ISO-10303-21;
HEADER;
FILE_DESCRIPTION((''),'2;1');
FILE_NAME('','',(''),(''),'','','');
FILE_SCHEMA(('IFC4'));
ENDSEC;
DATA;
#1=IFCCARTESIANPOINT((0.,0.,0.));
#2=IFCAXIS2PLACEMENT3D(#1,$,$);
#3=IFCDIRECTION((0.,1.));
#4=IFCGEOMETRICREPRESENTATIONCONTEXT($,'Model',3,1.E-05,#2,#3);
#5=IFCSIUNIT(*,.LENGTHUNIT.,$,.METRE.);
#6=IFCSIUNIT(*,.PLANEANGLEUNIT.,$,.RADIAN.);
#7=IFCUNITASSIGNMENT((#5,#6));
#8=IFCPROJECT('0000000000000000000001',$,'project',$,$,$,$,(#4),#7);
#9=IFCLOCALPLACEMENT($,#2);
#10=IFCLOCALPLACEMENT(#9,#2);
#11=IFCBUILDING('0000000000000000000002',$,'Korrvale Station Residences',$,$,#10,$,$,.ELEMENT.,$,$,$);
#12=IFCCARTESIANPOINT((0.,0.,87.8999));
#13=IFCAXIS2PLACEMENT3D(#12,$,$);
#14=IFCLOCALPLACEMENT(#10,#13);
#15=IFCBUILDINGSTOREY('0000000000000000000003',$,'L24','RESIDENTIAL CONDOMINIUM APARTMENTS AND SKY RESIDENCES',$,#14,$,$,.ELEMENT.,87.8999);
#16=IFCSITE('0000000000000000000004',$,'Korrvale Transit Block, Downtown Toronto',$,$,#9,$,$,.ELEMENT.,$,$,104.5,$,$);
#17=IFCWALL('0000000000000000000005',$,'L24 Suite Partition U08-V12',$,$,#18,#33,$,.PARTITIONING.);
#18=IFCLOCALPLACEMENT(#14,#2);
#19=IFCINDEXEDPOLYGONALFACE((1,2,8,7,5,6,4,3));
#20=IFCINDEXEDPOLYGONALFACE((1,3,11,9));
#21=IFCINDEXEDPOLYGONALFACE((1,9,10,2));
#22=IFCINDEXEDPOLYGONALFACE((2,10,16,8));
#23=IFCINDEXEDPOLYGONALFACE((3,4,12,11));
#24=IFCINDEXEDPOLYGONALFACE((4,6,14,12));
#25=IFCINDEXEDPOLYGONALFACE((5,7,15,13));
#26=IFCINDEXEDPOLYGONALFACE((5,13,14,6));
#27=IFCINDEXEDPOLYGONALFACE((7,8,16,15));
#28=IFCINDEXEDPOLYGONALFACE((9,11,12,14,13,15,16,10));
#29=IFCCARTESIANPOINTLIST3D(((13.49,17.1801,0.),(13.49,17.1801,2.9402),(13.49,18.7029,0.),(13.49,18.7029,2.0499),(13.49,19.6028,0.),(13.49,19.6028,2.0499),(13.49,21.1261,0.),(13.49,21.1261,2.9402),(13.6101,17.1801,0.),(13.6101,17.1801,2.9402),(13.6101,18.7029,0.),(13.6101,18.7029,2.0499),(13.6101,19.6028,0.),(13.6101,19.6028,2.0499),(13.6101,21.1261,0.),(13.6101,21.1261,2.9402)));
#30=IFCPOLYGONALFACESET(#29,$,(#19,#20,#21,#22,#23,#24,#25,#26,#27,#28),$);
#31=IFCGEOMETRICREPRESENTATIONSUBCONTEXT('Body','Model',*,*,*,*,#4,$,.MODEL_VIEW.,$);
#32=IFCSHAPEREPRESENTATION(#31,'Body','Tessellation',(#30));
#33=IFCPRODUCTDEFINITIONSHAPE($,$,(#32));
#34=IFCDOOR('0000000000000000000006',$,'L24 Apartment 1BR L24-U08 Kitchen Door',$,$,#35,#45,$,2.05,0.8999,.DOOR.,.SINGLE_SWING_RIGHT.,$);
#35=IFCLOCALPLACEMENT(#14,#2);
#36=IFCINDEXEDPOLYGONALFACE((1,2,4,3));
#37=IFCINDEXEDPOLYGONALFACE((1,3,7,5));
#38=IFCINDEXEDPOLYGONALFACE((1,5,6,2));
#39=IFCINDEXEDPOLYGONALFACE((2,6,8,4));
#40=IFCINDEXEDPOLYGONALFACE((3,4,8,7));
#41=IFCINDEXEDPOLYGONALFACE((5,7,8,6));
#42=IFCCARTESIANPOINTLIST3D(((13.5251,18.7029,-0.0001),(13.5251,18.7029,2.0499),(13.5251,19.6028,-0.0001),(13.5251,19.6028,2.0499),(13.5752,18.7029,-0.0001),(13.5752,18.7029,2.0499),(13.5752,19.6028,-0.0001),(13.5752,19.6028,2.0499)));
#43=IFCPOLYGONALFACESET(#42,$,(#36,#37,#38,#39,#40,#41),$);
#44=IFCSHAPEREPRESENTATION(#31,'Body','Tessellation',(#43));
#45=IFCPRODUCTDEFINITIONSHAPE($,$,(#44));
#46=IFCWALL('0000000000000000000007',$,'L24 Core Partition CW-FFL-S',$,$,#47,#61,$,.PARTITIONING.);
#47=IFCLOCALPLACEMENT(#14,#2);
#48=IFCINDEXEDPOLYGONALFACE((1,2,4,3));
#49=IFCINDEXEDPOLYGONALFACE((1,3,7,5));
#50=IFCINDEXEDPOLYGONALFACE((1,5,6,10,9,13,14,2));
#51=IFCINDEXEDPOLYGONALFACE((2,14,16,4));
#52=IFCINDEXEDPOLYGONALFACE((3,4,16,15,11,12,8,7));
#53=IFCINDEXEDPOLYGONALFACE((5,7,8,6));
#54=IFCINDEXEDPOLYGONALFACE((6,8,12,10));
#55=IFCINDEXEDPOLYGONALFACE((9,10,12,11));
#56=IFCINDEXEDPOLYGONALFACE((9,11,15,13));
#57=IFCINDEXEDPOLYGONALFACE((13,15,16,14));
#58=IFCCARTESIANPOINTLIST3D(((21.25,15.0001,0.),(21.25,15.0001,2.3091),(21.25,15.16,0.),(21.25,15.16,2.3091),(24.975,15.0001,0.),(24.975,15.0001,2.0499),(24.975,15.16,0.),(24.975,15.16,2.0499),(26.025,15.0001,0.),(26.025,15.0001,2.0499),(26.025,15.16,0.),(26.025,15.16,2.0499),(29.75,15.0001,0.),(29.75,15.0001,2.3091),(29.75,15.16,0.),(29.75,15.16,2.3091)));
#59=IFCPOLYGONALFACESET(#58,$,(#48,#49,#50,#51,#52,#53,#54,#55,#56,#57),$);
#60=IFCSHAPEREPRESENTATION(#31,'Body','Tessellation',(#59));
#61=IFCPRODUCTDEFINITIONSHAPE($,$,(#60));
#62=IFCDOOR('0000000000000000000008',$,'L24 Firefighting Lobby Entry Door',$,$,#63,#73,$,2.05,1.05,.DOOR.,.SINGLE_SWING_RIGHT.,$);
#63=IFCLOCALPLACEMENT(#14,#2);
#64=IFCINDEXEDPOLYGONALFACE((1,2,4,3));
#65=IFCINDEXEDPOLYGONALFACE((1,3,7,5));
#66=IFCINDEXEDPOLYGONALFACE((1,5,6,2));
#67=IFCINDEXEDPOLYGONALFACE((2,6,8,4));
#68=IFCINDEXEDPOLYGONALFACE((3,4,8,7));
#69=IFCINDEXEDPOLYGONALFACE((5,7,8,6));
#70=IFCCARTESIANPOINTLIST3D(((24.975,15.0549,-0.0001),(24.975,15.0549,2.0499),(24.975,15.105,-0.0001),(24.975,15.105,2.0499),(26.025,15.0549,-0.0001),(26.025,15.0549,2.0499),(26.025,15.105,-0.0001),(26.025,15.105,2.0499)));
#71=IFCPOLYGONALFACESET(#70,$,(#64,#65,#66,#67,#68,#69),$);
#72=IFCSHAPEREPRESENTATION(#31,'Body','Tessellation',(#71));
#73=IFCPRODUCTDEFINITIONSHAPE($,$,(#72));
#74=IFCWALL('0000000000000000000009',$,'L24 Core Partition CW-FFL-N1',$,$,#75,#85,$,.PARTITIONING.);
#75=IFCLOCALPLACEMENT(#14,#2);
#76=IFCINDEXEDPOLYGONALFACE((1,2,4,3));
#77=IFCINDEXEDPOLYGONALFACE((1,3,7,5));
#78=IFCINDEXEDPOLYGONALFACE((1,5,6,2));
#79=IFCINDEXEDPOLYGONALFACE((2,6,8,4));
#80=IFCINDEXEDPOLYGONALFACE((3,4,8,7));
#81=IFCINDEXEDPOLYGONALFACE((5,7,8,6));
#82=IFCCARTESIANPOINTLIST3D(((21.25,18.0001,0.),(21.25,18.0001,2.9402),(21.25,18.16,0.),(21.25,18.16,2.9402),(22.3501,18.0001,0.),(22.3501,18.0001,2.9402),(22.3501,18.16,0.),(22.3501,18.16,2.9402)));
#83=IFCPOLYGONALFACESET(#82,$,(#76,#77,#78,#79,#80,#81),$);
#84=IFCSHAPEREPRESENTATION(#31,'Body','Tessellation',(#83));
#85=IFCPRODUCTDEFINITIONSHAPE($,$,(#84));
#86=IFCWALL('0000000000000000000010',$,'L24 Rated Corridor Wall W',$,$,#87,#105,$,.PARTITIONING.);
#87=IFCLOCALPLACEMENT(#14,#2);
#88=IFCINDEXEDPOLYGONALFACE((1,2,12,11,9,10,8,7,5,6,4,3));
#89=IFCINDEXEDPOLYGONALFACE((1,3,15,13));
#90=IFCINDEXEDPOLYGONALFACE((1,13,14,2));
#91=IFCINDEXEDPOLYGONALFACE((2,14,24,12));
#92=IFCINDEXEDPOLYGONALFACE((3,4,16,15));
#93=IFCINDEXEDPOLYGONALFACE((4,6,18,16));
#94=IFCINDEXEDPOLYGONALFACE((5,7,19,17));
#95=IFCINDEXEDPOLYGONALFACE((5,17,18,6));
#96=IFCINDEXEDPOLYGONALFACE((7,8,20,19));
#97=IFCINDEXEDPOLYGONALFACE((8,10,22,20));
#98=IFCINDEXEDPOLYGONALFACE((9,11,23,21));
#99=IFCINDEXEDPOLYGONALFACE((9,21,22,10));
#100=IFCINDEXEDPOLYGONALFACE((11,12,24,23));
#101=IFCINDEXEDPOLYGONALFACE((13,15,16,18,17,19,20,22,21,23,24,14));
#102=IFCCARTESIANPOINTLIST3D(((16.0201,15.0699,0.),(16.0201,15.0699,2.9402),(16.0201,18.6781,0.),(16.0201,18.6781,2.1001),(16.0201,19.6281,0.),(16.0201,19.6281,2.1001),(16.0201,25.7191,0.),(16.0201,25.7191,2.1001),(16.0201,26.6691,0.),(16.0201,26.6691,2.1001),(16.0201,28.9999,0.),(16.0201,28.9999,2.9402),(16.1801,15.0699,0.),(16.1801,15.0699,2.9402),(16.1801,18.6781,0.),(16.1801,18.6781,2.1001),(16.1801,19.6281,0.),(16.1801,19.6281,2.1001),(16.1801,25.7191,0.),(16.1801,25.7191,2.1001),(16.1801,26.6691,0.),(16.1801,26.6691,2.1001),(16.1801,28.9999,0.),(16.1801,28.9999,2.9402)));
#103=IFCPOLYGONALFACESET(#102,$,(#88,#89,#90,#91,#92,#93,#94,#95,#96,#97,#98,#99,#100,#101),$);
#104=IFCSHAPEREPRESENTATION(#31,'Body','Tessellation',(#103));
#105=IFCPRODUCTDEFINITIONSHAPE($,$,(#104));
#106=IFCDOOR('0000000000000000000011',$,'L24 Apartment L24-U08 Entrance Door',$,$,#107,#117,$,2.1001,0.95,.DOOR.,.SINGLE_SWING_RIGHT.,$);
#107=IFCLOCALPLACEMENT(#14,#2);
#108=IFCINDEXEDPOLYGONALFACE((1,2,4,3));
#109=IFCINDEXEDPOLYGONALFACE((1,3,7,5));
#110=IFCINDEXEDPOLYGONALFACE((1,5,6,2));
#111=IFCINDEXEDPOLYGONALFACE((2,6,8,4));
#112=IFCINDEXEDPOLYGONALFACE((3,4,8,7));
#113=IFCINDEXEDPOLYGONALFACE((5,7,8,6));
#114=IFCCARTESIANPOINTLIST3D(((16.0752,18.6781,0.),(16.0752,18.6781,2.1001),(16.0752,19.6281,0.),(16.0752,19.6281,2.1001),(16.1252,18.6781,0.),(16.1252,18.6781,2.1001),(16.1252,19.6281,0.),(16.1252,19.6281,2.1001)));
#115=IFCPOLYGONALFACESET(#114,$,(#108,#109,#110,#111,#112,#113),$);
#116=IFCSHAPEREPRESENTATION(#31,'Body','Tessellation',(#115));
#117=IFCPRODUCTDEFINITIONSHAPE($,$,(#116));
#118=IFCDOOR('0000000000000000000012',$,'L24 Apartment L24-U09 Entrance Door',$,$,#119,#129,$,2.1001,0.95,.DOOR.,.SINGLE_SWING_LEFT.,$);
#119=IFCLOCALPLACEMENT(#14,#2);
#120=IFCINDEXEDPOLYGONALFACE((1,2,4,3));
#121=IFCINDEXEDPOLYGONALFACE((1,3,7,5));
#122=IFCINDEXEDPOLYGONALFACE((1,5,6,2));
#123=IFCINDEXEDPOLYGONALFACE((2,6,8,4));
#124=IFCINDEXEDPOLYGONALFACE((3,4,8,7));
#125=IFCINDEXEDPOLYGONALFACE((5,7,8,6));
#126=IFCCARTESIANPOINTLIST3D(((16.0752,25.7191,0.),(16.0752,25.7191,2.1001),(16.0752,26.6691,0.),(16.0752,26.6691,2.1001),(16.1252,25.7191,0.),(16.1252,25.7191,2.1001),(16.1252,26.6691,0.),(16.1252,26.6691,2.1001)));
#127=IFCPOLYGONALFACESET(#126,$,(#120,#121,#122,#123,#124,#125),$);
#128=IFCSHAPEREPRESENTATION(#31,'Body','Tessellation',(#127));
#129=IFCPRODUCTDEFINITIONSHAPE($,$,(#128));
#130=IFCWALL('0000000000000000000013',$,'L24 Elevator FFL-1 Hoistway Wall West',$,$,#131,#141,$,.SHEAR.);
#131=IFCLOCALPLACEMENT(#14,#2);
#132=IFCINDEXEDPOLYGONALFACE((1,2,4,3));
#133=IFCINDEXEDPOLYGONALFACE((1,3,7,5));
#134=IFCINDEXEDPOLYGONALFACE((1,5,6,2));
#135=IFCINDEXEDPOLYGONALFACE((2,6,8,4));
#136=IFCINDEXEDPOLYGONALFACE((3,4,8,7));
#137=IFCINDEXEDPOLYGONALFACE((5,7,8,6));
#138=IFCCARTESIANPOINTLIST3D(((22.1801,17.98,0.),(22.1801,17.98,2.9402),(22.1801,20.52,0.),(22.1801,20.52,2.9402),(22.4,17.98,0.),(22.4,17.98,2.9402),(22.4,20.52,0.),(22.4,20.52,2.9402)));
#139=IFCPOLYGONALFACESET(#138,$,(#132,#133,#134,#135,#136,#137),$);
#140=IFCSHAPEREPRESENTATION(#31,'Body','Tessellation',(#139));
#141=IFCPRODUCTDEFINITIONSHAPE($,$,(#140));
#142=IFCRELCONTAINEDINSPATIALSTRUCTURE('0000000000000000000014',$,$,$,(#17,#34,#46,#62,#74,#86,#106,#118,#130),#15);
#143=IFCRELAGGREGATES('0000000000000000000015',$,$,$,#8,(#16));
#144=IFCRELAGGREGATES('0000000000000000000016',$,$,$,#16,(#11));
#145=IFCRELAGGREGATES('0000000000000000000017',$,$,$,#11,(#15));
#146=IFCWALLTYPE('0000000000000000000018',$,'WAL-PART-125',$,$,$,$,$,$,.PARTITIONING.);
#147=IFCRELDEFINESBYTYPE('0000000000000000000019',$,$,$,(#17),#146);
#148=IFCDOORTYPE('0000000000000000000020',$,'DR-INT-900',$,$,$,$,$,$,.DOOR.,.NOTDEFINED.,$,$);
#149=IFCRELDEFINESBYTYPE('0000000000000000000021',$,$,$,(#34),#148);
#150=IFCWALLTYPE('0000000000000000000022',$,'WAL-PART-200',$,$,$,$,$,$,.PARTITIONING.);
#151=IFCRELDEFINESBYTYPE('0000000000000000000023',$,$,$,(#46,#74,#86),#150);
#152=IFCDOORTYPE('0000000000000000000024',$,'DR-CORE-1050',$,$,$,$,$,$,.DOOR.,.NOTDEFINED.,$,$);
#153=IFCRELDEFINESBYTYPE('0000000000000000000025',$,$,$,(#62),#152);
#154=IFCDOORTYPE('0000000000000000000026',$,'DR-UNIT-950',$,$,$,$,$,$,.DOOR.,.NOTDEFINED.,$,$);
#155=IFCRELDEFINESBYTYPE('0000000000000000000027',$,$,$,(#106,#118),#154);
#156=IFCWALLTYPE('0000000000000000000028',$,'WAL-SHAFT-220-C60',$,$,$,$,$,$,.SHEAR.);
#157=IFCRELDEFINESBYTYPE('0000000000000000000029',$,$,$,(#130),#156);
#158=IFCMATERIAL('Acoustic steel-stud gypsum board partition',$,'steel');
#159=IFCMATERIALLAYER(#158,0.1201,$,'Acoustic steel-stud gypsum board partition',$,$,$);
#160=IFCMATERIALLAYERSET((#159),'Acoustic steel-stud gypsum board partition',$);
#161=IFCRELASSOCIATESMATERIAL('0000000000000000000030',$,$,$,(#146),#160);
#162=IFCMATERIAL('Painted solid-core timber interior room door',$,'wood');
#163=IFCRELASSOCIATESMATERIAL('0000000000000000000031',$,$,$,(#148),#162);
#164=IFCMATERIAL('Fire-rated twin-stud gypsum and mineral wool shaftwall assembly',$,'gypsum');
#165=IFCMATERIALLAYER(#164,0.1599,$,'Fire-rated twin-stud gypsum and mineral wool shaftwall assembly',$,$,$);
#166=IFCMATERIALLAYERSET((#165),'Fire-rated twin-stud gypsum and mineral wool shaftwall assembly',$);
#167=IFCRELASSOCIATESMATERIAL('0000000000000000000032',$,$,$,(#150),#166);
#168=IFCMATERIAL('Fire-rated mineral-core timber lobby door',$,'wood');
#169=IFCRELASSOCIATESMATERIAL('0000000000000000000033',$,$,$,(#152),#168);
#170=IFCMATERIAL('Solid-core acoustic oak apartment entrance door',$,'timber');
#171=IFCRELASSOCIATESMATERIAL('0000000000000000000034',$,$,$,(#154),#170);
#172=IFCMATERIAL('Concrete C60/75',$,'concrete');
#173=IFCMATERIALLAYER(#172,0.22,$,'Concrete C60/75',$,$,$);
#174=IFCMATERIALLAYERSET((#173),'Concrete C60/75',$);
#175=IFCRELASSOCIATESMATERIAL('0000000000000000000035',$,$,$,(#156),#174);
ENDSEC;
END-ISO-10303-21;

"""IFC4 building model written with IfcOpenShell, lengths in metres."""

from ifc_helpers import new_model, si_unit, direction, frame, frame_2d, origin, place, context, subcontext, project, spatial, rectangle, extrude, material, layer, layer_set, type_object, element, fill, save


model = new_model("IFC4")

# Units and contexts
model_context = context("Model", 3, precision=1e-05, world=origin(), true_north=direction((0.0, 1.0)))
body_context = subcontext(model_context, "Body", "Model", "MODEL_VIEW")
ifc_project = project(units=[si_unit("LENGTHUNIT", "METRE"), si_unit("PLANEANGLEUNIT", "RADIAN")], contexts=[model_context])

# Site, building, storey
site_placement = place(None, origin())
site = spatial("IfcSite", under=ifc_project, at=site_placement, Name="Korrvale Transit Block, Downtown Toronto", CompositionType="ELEMENT", RefElevation=104.5)
building_placement = place(site_placement, origin())
building = spatial("IfcBuilding", under=site, at=building_placement, Name="Korrvale Station Residences", CompositionType="ELEMENT")
storey_placement = place(building_placement, frame((0.0, 0.0, 87.8999)))
storey = spatial("IfcBuildingStorey", under=building, at=storey_placement, Name="L24", Description="RESIDENTIAL CONDOMINIUM APARTMENTS AND SKY RESIDENCES", CompositionType="ELEMENT", Elevation=87.8999)

# Shared definitions
ifc_material_1 = material(Name="Concrete C60/75", Category="concrete")

# Shared definitions
ifc_material_2 = material(Name="Acoustic steel-stud gypsum board partition", Category="steel")
ifc_layer_1 = layer(ifc_material_2, 0.1201, Name="Acoustic steel-stud gypsum board partition")
ifc_layer_set_1 = layer_set([ifc_layer_1], Name="Acoustic steel-stud gypsum board partition")
wall_type_1 = type_object("IfcWallType", Name="WAL-PART-125", PredefinedType="PARTITIONING", material=ifc_layer_set_1)

# Walls, openings, doors
wall_1_placement = place(storey_placement, frame((13.55, 17.1799, 0.0), z_axis=(0.0, 0.0, 1.0), x_axis=(0.0, 1.0, 0.0)))
wall_1 = element("IfcWall", 1, at=wall_1_placement, inside=storey, type_object=wall_type_1, Name="L24 Suite Partition U08-V12", PredefinedType="PARTITIONING", context=body_context, shape_type="SweptSolid", body=[
    extrude(rectangle(XDim=3.946, YDim=0.1201, at=frame_2d((1.9731, 0.0))), origin(), (0.0, 0.0, 1.0), 2.9402),
])
opening_1_placement = place(wall_1_placement, frame((1.5229, 0.0, 0.0)))
opening_1 = element("IfcOpeningElement", 2, at=opening_1_placement, cuts=wall_1, PredefinedType="OPENING", context=body_context, shape_type="SweptSolid", body=[
    extrude(rectangle(XDim=0.8999, YDim=2.05, at=frame_2d((0.45, 1.0249))), frame((0.0, 0.0701, 0.0), z_axis=(0.0, -1.0, 0.0), x_axis=(1.0, 0.0, 0.0)), (0.0, 0.0, 1.0), 0.1401),
])
ifc_material_3 = material(Name="Painted solid-core timber interior room door", Category="wood")
door_type_1 = type_object("IfcDoorType", Name="DR-INT-900", OperationType="NOTDEFINED", PredefinedType="DOOR", material=ifc_material_3)
door_1_placement = place(opening_1_placement, origin())
door_1 = element("IfcDoor", 3, at=door_1_placement, inside=storey, type_object=door_type_1, Name="L24 Apartment 1BR L24-U08 Kitchen Door", OperationType="SINGLE_SWING_RIGHT", OverallHeight=2.05, OverallWidth=0.8999, PredefinedType="DOOR", context=body_context, shape_type="SweptSolid", body=[
    extrude(rectangle(XDim=0.8999, YDim=2.05, at=frame_2d((0.45, 1.0249))), frame((0.0, 0.0249, 0.0), z_axis=(0.0, -1.0, 0.0), x_axis=(1.0, 0.0, 0.0)), (0.0, 0.0, 1.0), 0.05),
])
fill(opening_1, door_1)
ifc_material_4 = material(Name="Fire-rated twin-stud gypsum and mineral wool shaftwall assembly", Category="gypsum")
ifc_layer_2 = layer(ifc_material_4, 0.1599, Name="Fire-rated twin-stud gypsum and mineral wool shaftwall assembly")
ifc_layer_set_2 = layer_set([ifc_layer_2], Name="Fire-rated twin-stud gypsum and mineral wool shaftwall assembly")
wall_type_2 = type_object("IfcWallType", Name="WAL-PART-200", PredefinedType="PARTITIONING", material=ifc_layer_set_2)
wall_2_placement = place(storey_placement, frame((21.25, 15.0801, 0.0), z_axis=(0.0, 0.0, 1.0), x_axis=(1.0, 0.0, 0.0)))
wall_2 = element("IfcWall", 4, at=wall_2_placement, inside=storey, type_object=wall_type_2, Name="L24 Core Partition CW-FFL-S", PredefinedType="PARTITIONING", context=body_context, shape_type="SweptSolid", body=[
    extrude(rectangle(XDim=8.5, YDim=0.1599, at=frame_2d((4.25, 0.0))), origin(), (0.0, 0.0, 1.0), 2.3091),
])
opening_2_placement = place(wall_2_placement, frame((3.7251, 0.0, 0.0)))
opening_2 = element("IfcOpeningElement", 5, at=opening_2_placement, cuts=wall_2, PredefinedType="OPENING", context=body_context, shape_type="SweptSolid", body=[
    extrude(rectangle(XDim=1.05, YDim=2.05, at=frame_2d((0.5249, 1.0249))), frame((0.0, 0.0898, 0.0), z_axis=(0.0, -1.0, 0.0), x_axis=(1.0, 0.0, 0.0)), (0.0, 0.0, 1.0), 0.1799),
])
ifc_material_5 = material(Name="Fire-rated mineral-core timber lobby door", Category="wood")
door_type_2 = type_object("IfcDoorType", Name="DR-CORE-1050", OperationType="NOTDEFINED", PredefinedType="DOOR", material=ifc_material_5)
door_2_placement = place(opening_2_placement, origin())
door_2 = element("IfcDoor", 6, at=door_2_placement, inside=storey, type_object=door_type_2, Name="L24 Firefighting Lobby Entry Door", OperationType="SINGLE_SWING_RIGHT", OverallHeight=2.05, OverallWidth=1.05, PredefinedType="DOOR", context=body_context, shape_type="SweptSolid", body=[
    extrude(rectangle(XDim=1.05, YDim=2.05, at=frame_2d((0.5249, 1.0249))), frame((0.0, 0.0249, 0.0), z_axis=(0.0, -1.0, 0.0), x_axis=(1.0, 0.0, 0.0)), (0.0, 0.0, 1.0), 0.05),
])
fill(opening_2, door_2)

# Wall
wall_3_placement = place(storey_placement, frame((21.25, 18.0801, 0.0), z_axis=(0.0, 0.0, 1.0), x_axis=(1.0, 0.0, 0.0)))
element("IfcWall", 7, at=wall_3_placement, inside=storey, type_object=wall_type_2, Name="L24 Core Partition CW-FFL-N1", PredefinedType="PARTITIONING", context=body_context, shape_type="SweptSolid", body=[
    extrude(rectangle(XDim=1.1001, YDim=0.1599, at=frame_2d((0.55, 0.0))), origin(), (0.0, 0.0, 1.0), 2.9402),
])

# Wall, openings, doors
wall_4_placement = place(storey_placement, frame((16.1001, 15.0701, 0.0), z_axis=(0.0, 0.0, 1.0), x_axis=(0.0, 1.0, 0.0)))
wall_4 = element("IfcWall", 8, at=wall_4_placement, inside=storey, type_object=wall_type_2, Name="L24 Rated Corridor Wall W", PredefinedType="PARTITIONING", context=body_context, shape_type="SweptSolid", body=[
    extrude(rectangle(XDim=13.9299, YDim=0.1599, at=frame_2d((6.9648, 0.0))), origin(), (0.0, 0.0, 1.0), 2.9402),
])
opening_3_placement = place(wall_4_placement, frame((3.6079, 0.0, 0.0)))
opening_3 = element("IfcOpeningElement", 9, at=opening_3_placement, cuts=wall_4, PredefinedType="OPENING", context=body_context, shape_type="SweptSolid", body=[
    extrude(rectangle(XDim=0.95, YDim=2.1001, at=frame_2d((0.4751, 1.05))), frame((0.0, 0.0898, 0.0), z_axis=(0.0, -1.0, 0.0), x_axis=(1.0, 0.0, 0.0)), (0.0, 0.0, 1.0), 0.1799),
])
opening_4_placement = place(wall_4_placement, frame((10.6489, 0.0, 0.0)))
opening_4 = element("IfcOpeningElement", 10, at=opening_4_placement, cuts=wall_4, PredefinedType="OPENING", context=body_context, shape_type="SweptSolid", body=[
    extrude(rectangle(XDim=0.95, YDim=2.1001, at=frame_2d((0.4751, 1.05))), frame((0.0, 0.0898, 0.0), z_axis=(0.0, -1.0, 0.0), x_axis=(1.0, 0.0, 0.0)), (0.0, 0.0, 1.0), 0.1799),
])
ifc_material_6 = material(Name="Solid-core acoustic oak apartment entrance door", Category="timber")
door_type_3 = type_object("IfcDoorType", Name="DR-UNIT-950", OperationType="NOTDEFINED", PredefinedType="DOOR", material=ifc_material_6)
door_3_placement = place(opening_3_placement, origin())
door_3 = element("IfcDoor", 11, at=door_3_placement, inside=storey, type_object=door_type_3, Name="L24 Apartment L24-U08 Entrance Door", OperationType="SINGLE_SWING_RIGHT", OverallHeight=2.1001, OverallWidth=0.95, PredefinedType="DOOR", context=body_context, shape_type="SweptSolid", body=[
    extrude(rectangle(XDim=0.95, YDim=2.1001, at=frame_2d((0.4751, 1.05))), frame((0.0, 0.0249, 0.0), z_axis=(0.0, -1.0, 0.0), x_axis=(1.0, 0.0, 0.0)), (0.0, 0.0, 1.0), 0.05),
])
fill(opening_3, door_3)
door_4_placement = place(opening_4_placement, origin())
door_4 = element("IfcDoor", 12, at=door_4_placement, inside=storey, type_object=door_type_3, Name="L24 Apartment L24-U09 Entrance Door", OperationType="SINGLE_SWING_LEFT", OverallHeight=2.1001, OverallWidth=0.95, PredefinedType="DOOR", context=body_context, shape_type="SweptSolid", body=[
    extrude(rectangle(XDim=0.95, YDim=2.1001, at=frame_2d((0.4751, 1.05))), frame((0.0, 0.0249, 0.0), z_axis=(0.0, -1.0, 0.0), x_axis=(1.0, 0.0, 0.0)), (0.0, 0.0, 1.0), 0.05),
])
fill(opening_4, door_4)

# Shared definitions
ifc_layer_3 = layer(ifc_material_1, 0.22, Name="Concrete C60/75")
ifc_layer_set_3 = layer_set([ifc_layer_3], Name="Concrete C60/75")
wall_type_3 = type_object("IfcWallType", Name="WAL-SHAFT-220-C60", PredefinedType="SHEAR", material=ifc_layer_set_3)

# Wall
wall_5_placement = place(storey_placement, frame((22.29, 17.98, 0.0), z_axis=(0.0, 0.0, 1.0), x_axis=(0.0, 1.0, 0.0)))
element("IfcWall", 13, at=wall_5_placement, inside=storey, type_object=wall_type_3, Name="L24 Elevator FFL-1 Hoistway Wall West", PredefinedType="SHEAR", context=body_context, shape_type="SweptSolid", body=[
    extrude(rectangle(XDim=2.54, YDim=0.22, at=frame_2d((1.27, 0.0))), origin(), (0.0, 0.0, 1.0), 2.9402),
])

save(model, "model.ifc")
